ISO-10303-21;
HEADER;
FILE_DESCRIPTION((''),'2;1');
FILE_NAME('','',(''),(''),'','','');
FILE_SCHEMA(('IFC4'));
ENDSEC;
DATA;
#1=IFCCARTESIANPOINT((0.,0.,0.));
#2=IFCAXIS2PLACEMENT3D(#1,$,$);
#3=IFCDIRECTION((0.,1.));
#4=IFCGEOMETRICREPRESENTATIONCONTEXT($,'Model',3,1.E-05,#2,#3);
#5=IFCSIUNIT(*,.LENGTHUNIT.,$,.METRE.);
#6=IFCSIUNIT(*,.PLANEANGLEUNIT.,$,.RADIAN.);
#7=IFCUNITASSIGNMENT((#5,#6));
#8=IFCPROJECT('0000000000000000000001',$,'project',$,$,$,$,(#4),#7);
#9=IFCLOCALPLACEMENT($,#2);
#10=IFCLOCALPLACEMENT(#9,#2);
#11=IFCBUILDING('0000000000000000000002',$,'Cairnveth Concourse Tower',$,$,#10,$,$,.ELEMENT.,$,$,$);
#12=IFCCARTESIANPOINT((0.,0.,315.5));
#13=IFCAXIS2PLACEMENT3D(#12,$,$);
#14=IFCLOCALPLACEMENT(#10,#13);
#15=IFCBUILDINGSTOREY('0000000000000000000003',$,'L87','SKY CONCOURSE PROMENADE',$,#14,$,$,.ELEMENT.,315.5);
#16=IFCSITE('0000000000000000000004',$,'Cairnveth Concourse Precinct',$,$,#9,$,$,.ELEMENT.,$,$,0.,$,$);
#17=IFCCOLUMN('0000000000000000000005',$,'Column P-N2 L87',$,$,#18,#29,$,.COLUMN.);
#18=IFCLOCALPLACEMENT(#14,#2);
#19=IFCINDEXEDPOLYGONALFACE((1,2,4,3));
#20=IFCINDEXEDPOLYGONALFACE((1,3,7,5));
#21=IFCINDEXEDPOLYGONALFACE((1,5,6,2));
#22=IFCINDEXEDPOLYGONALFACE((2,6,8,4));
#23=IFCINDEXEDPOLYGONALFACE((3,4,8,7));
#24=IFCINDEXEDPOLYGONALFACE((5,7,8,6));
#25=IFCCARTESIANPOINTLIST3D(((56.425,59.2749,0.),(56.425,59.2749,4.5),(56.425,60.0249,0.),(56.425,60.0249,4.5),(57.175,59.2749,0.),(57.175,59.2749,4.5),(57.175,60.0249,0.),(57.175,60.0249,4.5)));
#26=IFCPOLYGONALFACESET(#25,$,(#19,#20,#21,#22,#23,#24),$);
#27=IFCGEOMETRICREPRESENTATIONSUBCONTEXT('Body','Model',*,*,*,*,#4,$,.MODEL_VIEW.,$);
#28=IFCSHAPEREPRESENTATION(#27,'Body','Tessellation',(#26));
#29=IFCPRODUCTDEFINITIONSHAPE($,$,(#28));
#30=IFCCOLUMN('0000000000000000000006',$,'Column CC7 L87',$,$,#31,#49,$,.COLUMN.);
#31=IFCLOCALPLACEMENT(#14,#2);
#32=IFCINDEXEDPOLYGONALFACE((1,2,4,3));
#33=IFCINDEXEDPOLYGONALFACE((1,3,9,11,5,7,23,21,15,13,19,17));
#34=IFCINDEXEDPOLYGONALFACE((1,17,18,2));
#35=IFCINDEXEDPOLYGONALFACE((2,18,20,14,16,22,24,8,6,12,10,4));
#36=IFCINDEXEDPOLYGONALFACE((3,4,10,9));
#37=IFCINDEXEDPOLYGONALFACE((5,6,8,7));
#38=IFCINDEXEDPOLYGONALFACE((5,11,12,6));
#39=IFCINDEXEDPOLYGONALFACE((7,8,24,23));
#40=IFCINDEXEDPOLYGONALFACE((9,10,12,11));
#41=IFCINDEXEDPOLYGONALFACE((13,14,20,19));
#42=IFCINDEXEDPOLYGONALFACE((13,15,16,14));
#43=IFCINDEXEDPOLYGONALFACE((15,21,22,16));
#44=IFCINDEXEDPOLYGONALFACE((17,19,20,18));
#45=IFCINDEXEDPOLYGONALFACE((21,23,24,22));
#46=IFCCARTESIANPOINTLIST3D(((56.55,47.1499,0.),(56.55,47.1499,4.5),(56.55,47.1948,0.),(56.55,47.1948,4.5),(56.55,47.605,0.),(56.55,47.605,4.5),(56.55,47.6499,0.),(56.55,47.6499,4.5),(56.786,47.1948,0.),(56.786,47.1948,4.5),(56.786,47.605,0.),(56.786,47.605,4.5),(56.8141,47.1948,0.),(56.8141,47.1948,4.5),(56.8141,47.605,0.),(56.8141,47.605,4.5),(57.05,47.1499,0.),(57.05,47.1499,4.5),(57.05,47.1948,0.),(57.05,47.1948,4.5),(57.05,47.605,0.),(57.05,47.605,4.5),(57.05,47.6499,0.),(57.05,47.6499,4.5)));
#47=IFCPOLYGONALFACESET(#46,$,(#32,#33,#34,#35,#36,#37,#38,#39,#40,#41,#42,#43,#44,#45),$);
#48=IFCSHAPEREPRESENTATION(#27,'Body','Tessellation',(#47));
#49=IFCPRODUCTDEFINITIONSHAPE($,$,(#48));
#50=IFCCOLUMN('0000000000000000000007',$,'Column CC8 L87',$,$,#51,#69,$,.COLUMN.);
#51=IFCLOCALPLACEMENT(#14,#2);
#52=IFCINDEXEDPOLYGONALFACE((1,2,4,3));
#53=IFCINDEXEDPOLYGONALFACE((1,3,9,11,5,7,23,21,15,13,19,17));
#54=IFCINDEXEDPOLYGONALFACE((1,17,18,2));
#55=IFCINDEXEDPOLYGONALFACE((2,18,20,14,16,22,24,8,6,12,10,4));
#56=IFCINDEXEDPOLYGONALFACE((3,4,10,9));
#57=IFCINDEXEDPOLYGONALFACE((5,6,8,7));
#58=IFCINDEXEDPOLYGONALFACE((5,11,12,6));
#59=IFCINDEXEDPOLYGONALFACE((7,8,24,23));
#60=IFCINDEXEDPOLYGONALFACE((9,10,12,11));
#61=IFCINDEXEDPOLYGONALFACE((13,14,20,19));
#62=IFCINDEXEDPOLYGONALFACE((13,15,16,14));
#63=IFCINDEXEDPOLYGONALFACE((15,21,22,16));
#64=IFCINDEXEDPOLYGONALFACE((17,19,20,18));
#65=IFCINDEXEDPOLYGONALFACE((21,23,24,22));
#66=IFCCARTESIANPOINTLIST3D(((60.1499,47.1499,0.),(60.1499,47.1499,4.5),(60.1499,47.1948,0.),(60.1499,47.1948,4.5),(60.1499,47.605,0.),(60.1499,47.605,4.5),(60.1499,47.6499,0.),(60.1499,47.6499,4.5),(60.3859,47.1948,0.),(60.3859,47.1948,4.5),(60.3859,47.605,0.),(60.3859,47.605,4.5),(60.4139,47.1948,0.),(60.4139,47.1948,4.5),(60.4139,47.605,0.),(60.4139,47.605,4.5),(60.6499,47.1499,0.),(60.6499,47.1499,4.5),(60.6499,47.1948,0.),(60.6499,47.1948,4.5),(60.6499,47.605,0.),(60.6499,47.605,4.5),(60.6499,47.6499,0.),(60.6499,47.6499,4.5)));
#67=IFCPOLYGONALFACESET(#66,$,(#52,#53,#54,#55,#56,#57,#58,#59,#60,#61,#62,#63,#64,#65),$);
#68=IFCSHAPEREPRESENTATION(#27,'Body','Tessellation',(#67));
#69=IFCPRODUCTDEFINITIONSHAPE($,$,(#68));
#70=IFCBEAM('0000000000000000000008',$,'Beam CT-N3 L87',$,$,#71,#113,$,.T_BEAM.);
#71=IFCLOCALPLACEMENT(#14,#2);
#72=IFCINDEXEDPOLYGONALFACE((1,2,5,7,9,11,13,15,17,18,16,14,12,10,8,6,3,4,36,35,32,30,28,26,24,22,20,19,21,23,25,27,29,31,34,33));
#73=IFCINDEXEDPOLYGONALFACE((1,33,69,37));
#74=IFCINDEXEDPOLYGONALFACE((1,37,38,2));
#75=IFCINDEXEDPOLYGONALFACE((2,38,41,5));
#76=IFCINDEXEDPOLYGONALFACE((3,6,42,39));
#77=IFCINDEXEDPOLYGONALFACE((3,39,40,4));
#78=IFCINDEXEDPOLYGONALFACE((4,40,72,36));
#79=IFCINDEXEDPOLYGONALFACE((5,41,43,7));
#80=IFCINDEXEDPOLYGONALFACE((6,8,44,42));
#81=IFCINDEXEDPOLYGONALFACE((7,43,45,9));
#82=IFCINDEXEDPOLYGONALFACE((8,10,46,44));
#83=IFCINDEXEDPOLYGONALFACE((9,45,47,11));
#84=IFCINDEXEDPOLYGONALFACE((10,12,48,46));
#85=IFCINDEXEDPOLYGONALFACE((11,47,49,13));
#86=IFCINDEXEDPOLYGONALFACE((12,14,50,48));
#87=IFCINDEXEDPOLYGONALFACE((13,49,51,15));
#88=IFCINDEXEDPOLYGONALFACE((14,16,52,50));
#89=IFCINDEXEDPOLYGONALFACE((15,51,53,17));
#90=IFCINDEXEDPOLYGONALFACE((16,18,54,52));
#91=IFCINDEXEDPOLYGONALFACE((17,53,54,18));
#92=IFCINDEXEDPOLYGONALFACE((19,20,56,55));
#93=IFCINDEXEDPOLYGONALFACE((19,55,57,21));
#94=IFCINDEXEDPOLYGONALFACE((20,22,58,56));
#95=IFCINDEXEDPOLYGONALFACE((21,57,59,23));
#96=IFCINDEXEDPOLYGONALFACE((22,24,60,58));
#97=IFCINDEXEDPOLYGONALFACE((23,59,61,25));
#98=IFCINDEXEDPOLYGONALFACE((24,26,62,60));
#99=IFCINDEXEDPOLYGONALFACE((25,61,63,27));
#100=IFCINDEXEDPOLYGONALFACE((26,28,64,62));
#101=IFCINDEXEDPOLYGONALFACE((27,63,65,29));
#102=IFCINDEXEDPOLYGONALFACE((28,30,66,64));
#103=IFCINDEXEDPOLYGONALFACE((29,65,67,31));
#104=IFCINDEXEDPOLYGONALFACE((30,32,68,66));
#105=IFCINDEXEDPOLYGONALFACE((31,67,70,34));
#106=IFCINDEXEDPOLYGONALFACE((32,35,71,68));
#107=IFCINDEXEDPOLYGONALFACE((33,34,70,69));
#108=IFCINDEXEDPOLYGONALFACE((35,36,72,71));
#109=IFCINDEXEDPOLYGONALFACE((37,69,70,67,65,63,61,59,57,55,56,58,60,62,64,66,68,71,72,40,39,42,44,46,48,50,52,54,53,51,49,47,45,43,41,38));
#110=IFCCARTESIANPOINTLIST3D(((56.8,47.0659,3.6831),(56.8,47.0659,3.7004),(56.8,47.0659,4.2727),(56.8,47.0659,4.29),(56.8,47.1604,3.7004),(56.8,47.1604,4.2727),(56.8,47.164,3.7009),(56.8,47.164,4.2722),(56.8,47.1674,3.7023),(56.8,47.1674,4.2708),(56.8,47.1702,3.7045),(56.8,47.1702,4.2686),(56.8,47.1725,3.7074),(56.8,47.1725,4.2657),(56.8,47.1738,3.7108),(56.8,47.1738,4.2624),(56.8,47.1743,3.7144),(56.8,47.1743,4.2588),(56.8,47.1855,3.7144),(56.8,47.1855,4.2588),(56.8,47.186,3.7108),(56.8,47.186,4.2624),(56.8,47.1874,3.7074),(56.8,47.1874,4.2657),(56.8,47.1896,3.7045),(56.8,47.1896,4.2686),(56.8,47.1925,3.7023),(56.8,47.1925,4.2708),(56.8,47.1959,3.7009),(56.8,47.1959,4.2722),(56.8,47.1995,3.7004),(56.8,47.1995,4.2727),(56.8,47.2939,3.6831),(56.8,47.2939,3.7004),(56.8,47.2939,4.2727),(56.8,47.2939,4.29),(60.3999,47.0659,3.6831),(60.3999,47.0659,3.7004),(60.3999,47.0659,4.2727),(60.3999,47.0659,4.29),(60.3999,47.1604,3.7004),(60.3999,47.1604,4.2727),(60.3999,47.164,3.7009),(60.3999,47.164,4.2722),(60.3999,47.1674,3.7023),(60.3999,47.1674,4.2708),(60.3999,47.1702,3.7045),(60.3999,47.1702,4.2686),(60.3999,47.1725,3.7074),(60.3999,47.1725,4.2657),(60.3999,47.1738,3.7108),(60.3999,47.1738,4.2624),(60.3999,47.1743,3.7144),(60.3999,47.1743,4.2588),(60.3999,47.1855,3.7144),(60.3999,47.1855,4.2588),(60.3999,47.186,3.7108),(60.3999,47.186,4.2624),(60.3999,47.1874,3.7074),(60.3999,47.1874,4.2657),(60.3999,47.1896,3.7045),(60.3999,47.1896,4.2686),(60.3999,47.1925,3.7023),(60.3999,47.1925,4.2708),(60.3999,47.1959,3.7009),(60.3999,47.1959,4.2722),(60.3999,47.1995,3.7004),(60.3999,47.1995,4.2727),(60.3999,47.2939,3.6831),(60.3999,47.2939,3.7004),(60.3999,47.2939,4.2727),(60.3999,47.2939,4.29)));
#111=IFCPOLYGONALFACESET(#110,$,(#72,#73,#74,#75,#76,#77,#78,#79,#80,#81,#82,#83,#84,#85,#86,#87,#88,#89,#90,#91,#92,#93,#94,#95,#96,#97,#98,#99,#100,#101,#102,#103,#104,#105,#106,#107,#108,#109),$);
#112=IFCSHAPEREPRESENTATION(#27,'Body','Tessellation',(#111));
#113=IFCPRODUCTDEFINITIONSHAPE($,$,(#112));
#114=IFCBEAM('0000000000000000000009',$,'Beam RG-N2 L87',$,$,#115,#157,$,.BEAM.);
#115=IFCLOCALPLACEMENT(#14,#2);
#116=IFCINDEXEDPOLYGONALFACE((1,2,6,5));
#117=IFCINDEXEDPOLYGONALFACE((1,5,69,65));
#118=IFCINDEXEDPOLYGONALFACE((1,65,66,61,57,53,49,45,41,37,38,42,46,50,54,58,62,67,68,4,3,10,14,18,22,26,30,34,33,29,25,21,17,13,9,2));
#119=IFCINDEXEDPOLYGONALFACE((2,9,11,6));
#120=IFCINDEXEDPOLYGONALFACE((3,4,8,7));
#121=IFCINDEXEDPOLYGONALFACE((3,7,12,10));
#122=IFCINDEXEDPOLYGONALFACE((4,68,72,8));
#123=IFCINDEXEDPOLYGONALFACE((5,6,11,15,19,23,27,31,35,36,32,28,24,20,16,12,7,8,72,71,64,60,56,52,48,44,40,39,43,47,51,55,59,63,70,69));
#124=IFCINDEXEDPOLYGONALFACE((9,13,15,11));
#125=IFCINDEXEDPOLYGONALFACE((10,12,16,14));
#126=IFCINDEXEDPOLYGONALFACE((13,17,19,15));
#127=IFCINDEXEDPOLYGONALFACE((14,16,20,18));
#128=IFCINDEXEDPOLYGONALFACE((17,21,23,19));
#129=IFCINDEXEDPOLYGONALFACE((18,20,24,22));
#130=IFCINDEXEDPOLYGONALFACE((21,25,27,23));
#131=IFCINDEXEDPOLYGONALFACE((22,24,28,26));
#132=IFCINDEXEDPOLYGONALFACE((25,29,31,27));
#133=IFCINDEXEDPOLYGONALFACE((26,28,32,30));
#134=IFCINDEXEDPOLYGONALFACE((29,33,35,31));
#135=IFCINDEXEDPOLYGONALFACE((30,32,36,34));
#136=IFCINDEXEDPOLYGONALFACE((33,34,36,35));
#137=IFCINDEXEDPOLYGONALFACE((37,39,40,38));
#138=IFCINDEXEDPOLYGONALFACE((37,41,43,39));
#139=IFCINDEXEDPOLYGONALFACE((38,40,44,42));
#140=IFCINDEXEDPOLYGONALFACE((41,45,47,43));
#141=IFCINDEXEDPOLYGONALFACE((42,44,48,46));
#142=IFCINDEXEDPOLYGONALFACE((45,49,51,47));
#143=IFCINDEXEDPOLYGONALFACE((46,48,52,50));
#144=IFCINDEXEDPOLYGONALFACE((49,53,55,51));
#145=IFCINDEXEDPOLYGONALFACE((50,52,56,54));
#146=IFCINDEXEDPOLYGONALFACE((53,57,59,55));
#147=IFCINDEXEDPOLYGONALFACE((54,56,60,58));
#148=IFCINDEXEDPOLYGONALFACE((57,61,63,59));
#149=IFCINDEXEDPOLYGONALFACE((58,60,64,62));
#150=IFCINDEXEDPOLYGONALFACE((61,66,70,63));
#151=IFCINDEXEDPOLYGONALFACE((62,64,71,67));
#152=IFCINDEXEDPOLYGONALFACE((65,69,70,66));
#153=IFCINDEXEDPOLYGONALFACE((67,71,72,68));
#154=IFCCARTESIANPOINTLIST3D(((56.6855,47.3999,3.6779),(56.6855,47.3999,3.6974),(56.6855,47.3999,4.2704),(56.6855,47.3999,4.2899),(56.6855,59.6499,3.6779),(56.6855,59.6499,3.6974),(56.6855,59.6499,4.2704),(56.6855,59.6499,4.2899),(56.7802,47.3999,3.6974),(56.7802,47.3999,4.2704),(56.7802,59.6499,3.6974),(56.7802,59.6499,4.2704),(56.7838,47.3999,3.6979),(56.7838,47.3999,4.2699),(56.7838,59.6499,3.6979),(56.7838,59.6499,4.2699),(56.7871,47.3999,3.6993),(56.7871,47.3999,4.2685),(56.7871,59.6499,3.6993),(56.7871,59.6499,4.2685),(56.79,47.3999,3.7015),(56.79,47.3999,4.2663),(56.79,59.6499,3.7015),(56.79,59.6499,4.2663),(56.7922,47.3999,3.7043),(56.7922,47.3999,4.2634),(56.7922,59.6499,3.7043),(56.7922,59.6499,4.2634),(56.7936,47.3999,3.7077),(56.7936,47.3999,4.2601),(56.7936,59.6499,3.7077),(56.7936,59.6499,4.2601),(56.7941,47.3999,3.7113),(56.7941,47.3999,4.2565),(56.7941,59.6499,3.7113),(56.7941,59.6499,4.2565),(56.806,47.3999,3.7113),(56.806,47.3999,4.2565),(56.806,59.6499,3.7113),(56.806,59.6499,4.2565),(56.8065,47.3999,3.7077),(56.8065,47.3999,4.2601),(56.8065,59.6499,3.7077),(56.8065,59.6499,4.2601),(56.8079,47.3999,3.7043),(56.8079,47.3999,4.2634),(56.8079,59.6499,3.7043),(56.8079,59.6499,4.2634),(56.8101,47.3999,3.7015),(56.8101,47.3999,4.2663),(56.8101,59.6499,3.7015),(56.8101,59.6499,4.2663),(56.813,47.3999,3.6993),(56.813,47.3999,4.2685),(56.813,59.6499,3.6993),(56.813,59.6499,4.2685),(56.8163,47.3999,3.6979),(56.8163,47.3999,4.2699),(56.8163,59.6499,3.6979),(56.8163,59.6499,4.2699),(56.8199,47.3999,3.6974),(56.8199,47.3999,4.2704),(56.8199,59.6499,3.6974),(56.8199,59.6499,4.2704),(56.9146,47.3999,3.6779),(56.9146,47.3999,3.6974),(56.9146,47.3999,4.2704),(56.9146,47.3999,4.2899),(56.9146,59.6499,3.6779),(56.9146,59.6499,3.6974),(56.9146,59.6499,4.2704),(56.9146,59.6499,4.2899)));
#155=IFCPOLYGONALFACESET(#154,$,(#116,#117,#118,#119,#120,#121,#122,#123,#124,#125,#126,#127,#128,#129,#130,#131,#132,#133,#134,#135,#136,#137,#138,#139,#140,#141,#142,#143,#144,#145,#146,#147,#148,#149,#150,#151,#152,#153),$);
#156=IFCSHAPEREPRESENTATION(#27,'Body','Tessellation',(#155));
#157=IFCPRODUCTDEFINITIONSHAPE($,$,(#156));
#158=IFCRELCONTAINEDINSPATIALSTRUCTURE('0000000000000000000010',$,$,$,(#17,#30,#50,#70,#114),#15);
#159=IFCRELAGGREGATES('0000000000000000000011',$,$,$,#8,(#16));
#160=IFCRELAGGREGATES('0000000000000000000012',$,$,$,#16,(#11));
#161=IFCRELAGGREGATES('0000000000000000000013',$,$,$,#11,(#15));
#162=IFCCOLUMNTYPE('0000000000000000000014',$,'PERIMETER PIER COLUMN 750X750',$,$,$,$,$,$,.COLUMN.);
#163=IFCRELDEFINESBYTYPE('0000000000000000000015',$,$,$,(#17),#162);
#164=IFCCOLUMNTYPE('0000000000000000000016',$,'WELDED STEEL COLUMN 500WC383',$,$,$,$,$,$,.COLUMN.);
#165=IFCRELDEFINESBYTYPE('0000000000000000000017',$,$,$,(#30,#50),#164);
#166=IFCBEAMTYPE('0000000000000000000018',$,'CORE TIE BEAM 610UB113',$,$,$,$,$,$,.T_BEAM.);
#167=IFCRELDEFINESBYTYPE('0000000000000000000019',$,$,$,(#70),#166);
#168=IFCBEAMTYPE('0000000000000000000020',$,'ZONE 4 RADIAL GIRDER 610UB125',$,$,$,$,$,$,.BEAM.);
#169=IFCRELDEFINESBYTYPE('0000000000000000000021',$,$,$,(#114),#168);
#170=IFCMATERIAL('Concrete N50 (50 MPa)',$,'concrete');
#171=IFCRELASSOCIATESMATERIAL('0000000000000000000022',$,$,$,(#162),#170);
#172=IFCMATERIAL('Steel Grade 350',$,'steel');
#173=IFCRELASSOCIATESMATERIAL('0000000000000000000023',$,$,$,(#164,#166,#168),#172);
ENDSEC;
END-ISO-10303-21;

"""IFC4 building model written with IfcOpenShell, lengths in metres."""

from ifc_helpers import new_model, si_unit, direction, frame, origin, origin_2d, place, context, subcontext, project, spatial, rectangle, i_section, extrude, material, material_profile, profile_set, type_object, element, save


model = new_model("IFC4")

# Units and contexts
model_context = context("Model", 3, precision=1e-05, world=origin(), true_north=direction((0.0, 1.0)))
body_context = subcontext(model_context, "Body", "Model", "MODEL_VIEW")
ifc_project = project(units=[si_unit("LENGTHUNIT", "METRE"), si_unit("PLANEANGLEUNIT", "RADIAN")], contexts=[model_context])

# Site, building, storey
site_placement = place(None, origin())
site = spatial("IfcSite", under=ifc_project, at=site_placement, Name="Cairnveth Concourse Precinct", CompositionType="ELEMENT", RefElevation=0.0)
building_placement = place(site_placement, origin())
building = spatial("IfcBuilding", under=site, at=building_placement, Name="Cairnveth Concourse Tower", CompositionType="ELEMENT")
storey_placement = place(building_placement, frame((0.0, 0.0, 315.5)))
storey = spatial("IfcBuildingStorey", under=building, at=storey_placement, Name="L87", Description="SKY CONCOURSE PROMENADE", CompositionType="ELEMENT", Elevation=315.5)

# Columns
ifc_material_1 = material(Name="Concrete N50 (50 MPa)", Category="concrete")
ifc_material_profile_1 = material_profile(ifc_material_1, rectangle(XDim=0.75, YDim=0.75, at=origin_2d()), Name="RC-COL-750x750")
ifc_profile_set_1 = profile_set([ifc_material_profile_1], Name="Concrete N50 (50 MPa)")
column_type_1 = type_object("IfcColumnType", Name="PERIMETER PIER COLUMN 750X750", PredefinedType="COLUMN", material=ifc_profile_set_1)
column_placement = place(storey_placement, frame((56.8, 59.6499, 0.0), z_axis=(0.0, 0.0, 1.0), x_axis=(1.0, 0.0, 0.0)))
element("IfcColumn", 1, at=column_placement, inside=storey, type_object=column_type_1, Name="Column P-N2 L87", PredefinedType="COLUMN", context=body_context, shape_type="SweptSolid", body=[
    extrude(rectangle(XDim=0.75, YDim=0.75, at=origin_2d()), origin(), (0.0, 0.0, 1.0), 4.5),
])
ifc_material_2 = material(Name="Steel Grade 350", Category="steel")
ifc_material_profile_2 = material_profile(ifc_material_2, i_section(OverallWidth=0.5, OverallDepth=0.5, WebThickness=0.0281, FlangeThickness=0.0449, at=origin_2d()), Name="500WC383")
ifc_profile_set_2 = profile_set([ifc_material_profile_2], Name="Steel Grade 350")
column_type_2 = type_object("IfcColumnType", Name="WELDED STEEL COLUMN 500WC383", PredefinedType="COLUMN", material=ifc_profile_set_2)
for number, where, z_axis, x_axis, name in (
    (2, (56.8, 47.3999, 0.0), (0.0, 0.0, 1.0), (1.0, 0.0, 0.0), "Column CC7 L87"),
    (3, (60.3999, 47.3999, 0.0), (0.0, 0.0, 1.0), (1.0, 0.0, 0.0), "Column CC8 L87"),
):
    element("IfcColumn", number, at=place(storey_placement, frame(where, z_axis=z_axis, x_axis=x_axis)), inside=storey, type_object=column_type_2, Name=name, PredefinedType="COLUMN", context=body_context, shape_type="SweptSolid", body=[
        extrude(i_section(OverallWidth=0.5, OverallDepth=0.5, WebThickness=0.0281, FlangeThickness=0.0449, at=origin_2d()), origin(), (0.0, 0.0, 1.0), 4.5),
    ])

# Beams
ifc_material_profile_3 = material_profile(ifc_material_2, i_section(OverallWidth=0.228, OverallDepth=0.6069, WebThickness=0.0112, FlangeThickness=0.0173, FilletRadius=0.0139, at=origin_2d()), Name="610UB113")
ifc_profile_set_3 = profile_set([ifc_material_profile_3], Name="Steel Grade 350")
beam_type_1 = type_object("IfcBeamType", Name="CORE TIE BEAM 610UB113", PredefinedType="T_BEAM", material=ifc_profile_set_3)
beam_1_placement = place(storey_placement, frame((56.8, 47.1799, 3.9866), z_axis=(1.0, 0.0, 0.0), x_axis=(0.0, 1.0, 0.0)))
element("IfcBeam", 4, at=beam_1_placement, inside=storey, type_object=beam_type_1, Name="Beam CT-N3 L87", PredefinedType="T_BEAM", context=body_context, shape_type="SweptSolid", body=[
    extrude(i_section(OverallWidth=0.228, OverallDepth=0.6069, WebThickness=0.0112, FlangeThickness=0.0173, FilletRadius=0.0139, at=origin_2d()), origin(), (0.0, 0.0, 1.0), 3.5999),
])
ifc_material_profile_4 = material_profile(ifc_material_2, i_section(OverallWidth=0.229, OverallDepth=0.6121, WebThickness=0.012, FlangeThickness=0.0195, FilletRadius=0.0139, at=origin_2d()), Name="610UB125")
ifc_profile_set_4 = profile_set([ifc_material_profile_4], Name="Steel Grade 350")
beam_type_2 = type_object("IfcBeamType", Name="ZONE 4 RADIAL GIRDER 610UB125", PredefinedType="BEAM", material=ifc_profile_set_4)
beam_2_placement = place(storey_placement, frame((56.8, 47.3999, 3.9839), z_axis=(0.0, 1.0, 0.0), x_axis=(-1.0, 0.0, 0.0)))
element("IfcBeam", 5, at=beam_2_placement, inside=storey, type_object=beam_type_2, Name="Beam RG-N2 L87", PredefinedType="BEAM", context=body_context, shape_type="SweptSolid", body=[
    extrude(i_section(OverallWidth=0.229, OverallDepth=0.6121, WebThickness=0.012, FlangeThickness=0.0195, FilletRadius=0.0139, at=origin_2d()), origin(), (0.0, 0.0, 1.0), 12.25),
])

save(model, "model.ifc")
